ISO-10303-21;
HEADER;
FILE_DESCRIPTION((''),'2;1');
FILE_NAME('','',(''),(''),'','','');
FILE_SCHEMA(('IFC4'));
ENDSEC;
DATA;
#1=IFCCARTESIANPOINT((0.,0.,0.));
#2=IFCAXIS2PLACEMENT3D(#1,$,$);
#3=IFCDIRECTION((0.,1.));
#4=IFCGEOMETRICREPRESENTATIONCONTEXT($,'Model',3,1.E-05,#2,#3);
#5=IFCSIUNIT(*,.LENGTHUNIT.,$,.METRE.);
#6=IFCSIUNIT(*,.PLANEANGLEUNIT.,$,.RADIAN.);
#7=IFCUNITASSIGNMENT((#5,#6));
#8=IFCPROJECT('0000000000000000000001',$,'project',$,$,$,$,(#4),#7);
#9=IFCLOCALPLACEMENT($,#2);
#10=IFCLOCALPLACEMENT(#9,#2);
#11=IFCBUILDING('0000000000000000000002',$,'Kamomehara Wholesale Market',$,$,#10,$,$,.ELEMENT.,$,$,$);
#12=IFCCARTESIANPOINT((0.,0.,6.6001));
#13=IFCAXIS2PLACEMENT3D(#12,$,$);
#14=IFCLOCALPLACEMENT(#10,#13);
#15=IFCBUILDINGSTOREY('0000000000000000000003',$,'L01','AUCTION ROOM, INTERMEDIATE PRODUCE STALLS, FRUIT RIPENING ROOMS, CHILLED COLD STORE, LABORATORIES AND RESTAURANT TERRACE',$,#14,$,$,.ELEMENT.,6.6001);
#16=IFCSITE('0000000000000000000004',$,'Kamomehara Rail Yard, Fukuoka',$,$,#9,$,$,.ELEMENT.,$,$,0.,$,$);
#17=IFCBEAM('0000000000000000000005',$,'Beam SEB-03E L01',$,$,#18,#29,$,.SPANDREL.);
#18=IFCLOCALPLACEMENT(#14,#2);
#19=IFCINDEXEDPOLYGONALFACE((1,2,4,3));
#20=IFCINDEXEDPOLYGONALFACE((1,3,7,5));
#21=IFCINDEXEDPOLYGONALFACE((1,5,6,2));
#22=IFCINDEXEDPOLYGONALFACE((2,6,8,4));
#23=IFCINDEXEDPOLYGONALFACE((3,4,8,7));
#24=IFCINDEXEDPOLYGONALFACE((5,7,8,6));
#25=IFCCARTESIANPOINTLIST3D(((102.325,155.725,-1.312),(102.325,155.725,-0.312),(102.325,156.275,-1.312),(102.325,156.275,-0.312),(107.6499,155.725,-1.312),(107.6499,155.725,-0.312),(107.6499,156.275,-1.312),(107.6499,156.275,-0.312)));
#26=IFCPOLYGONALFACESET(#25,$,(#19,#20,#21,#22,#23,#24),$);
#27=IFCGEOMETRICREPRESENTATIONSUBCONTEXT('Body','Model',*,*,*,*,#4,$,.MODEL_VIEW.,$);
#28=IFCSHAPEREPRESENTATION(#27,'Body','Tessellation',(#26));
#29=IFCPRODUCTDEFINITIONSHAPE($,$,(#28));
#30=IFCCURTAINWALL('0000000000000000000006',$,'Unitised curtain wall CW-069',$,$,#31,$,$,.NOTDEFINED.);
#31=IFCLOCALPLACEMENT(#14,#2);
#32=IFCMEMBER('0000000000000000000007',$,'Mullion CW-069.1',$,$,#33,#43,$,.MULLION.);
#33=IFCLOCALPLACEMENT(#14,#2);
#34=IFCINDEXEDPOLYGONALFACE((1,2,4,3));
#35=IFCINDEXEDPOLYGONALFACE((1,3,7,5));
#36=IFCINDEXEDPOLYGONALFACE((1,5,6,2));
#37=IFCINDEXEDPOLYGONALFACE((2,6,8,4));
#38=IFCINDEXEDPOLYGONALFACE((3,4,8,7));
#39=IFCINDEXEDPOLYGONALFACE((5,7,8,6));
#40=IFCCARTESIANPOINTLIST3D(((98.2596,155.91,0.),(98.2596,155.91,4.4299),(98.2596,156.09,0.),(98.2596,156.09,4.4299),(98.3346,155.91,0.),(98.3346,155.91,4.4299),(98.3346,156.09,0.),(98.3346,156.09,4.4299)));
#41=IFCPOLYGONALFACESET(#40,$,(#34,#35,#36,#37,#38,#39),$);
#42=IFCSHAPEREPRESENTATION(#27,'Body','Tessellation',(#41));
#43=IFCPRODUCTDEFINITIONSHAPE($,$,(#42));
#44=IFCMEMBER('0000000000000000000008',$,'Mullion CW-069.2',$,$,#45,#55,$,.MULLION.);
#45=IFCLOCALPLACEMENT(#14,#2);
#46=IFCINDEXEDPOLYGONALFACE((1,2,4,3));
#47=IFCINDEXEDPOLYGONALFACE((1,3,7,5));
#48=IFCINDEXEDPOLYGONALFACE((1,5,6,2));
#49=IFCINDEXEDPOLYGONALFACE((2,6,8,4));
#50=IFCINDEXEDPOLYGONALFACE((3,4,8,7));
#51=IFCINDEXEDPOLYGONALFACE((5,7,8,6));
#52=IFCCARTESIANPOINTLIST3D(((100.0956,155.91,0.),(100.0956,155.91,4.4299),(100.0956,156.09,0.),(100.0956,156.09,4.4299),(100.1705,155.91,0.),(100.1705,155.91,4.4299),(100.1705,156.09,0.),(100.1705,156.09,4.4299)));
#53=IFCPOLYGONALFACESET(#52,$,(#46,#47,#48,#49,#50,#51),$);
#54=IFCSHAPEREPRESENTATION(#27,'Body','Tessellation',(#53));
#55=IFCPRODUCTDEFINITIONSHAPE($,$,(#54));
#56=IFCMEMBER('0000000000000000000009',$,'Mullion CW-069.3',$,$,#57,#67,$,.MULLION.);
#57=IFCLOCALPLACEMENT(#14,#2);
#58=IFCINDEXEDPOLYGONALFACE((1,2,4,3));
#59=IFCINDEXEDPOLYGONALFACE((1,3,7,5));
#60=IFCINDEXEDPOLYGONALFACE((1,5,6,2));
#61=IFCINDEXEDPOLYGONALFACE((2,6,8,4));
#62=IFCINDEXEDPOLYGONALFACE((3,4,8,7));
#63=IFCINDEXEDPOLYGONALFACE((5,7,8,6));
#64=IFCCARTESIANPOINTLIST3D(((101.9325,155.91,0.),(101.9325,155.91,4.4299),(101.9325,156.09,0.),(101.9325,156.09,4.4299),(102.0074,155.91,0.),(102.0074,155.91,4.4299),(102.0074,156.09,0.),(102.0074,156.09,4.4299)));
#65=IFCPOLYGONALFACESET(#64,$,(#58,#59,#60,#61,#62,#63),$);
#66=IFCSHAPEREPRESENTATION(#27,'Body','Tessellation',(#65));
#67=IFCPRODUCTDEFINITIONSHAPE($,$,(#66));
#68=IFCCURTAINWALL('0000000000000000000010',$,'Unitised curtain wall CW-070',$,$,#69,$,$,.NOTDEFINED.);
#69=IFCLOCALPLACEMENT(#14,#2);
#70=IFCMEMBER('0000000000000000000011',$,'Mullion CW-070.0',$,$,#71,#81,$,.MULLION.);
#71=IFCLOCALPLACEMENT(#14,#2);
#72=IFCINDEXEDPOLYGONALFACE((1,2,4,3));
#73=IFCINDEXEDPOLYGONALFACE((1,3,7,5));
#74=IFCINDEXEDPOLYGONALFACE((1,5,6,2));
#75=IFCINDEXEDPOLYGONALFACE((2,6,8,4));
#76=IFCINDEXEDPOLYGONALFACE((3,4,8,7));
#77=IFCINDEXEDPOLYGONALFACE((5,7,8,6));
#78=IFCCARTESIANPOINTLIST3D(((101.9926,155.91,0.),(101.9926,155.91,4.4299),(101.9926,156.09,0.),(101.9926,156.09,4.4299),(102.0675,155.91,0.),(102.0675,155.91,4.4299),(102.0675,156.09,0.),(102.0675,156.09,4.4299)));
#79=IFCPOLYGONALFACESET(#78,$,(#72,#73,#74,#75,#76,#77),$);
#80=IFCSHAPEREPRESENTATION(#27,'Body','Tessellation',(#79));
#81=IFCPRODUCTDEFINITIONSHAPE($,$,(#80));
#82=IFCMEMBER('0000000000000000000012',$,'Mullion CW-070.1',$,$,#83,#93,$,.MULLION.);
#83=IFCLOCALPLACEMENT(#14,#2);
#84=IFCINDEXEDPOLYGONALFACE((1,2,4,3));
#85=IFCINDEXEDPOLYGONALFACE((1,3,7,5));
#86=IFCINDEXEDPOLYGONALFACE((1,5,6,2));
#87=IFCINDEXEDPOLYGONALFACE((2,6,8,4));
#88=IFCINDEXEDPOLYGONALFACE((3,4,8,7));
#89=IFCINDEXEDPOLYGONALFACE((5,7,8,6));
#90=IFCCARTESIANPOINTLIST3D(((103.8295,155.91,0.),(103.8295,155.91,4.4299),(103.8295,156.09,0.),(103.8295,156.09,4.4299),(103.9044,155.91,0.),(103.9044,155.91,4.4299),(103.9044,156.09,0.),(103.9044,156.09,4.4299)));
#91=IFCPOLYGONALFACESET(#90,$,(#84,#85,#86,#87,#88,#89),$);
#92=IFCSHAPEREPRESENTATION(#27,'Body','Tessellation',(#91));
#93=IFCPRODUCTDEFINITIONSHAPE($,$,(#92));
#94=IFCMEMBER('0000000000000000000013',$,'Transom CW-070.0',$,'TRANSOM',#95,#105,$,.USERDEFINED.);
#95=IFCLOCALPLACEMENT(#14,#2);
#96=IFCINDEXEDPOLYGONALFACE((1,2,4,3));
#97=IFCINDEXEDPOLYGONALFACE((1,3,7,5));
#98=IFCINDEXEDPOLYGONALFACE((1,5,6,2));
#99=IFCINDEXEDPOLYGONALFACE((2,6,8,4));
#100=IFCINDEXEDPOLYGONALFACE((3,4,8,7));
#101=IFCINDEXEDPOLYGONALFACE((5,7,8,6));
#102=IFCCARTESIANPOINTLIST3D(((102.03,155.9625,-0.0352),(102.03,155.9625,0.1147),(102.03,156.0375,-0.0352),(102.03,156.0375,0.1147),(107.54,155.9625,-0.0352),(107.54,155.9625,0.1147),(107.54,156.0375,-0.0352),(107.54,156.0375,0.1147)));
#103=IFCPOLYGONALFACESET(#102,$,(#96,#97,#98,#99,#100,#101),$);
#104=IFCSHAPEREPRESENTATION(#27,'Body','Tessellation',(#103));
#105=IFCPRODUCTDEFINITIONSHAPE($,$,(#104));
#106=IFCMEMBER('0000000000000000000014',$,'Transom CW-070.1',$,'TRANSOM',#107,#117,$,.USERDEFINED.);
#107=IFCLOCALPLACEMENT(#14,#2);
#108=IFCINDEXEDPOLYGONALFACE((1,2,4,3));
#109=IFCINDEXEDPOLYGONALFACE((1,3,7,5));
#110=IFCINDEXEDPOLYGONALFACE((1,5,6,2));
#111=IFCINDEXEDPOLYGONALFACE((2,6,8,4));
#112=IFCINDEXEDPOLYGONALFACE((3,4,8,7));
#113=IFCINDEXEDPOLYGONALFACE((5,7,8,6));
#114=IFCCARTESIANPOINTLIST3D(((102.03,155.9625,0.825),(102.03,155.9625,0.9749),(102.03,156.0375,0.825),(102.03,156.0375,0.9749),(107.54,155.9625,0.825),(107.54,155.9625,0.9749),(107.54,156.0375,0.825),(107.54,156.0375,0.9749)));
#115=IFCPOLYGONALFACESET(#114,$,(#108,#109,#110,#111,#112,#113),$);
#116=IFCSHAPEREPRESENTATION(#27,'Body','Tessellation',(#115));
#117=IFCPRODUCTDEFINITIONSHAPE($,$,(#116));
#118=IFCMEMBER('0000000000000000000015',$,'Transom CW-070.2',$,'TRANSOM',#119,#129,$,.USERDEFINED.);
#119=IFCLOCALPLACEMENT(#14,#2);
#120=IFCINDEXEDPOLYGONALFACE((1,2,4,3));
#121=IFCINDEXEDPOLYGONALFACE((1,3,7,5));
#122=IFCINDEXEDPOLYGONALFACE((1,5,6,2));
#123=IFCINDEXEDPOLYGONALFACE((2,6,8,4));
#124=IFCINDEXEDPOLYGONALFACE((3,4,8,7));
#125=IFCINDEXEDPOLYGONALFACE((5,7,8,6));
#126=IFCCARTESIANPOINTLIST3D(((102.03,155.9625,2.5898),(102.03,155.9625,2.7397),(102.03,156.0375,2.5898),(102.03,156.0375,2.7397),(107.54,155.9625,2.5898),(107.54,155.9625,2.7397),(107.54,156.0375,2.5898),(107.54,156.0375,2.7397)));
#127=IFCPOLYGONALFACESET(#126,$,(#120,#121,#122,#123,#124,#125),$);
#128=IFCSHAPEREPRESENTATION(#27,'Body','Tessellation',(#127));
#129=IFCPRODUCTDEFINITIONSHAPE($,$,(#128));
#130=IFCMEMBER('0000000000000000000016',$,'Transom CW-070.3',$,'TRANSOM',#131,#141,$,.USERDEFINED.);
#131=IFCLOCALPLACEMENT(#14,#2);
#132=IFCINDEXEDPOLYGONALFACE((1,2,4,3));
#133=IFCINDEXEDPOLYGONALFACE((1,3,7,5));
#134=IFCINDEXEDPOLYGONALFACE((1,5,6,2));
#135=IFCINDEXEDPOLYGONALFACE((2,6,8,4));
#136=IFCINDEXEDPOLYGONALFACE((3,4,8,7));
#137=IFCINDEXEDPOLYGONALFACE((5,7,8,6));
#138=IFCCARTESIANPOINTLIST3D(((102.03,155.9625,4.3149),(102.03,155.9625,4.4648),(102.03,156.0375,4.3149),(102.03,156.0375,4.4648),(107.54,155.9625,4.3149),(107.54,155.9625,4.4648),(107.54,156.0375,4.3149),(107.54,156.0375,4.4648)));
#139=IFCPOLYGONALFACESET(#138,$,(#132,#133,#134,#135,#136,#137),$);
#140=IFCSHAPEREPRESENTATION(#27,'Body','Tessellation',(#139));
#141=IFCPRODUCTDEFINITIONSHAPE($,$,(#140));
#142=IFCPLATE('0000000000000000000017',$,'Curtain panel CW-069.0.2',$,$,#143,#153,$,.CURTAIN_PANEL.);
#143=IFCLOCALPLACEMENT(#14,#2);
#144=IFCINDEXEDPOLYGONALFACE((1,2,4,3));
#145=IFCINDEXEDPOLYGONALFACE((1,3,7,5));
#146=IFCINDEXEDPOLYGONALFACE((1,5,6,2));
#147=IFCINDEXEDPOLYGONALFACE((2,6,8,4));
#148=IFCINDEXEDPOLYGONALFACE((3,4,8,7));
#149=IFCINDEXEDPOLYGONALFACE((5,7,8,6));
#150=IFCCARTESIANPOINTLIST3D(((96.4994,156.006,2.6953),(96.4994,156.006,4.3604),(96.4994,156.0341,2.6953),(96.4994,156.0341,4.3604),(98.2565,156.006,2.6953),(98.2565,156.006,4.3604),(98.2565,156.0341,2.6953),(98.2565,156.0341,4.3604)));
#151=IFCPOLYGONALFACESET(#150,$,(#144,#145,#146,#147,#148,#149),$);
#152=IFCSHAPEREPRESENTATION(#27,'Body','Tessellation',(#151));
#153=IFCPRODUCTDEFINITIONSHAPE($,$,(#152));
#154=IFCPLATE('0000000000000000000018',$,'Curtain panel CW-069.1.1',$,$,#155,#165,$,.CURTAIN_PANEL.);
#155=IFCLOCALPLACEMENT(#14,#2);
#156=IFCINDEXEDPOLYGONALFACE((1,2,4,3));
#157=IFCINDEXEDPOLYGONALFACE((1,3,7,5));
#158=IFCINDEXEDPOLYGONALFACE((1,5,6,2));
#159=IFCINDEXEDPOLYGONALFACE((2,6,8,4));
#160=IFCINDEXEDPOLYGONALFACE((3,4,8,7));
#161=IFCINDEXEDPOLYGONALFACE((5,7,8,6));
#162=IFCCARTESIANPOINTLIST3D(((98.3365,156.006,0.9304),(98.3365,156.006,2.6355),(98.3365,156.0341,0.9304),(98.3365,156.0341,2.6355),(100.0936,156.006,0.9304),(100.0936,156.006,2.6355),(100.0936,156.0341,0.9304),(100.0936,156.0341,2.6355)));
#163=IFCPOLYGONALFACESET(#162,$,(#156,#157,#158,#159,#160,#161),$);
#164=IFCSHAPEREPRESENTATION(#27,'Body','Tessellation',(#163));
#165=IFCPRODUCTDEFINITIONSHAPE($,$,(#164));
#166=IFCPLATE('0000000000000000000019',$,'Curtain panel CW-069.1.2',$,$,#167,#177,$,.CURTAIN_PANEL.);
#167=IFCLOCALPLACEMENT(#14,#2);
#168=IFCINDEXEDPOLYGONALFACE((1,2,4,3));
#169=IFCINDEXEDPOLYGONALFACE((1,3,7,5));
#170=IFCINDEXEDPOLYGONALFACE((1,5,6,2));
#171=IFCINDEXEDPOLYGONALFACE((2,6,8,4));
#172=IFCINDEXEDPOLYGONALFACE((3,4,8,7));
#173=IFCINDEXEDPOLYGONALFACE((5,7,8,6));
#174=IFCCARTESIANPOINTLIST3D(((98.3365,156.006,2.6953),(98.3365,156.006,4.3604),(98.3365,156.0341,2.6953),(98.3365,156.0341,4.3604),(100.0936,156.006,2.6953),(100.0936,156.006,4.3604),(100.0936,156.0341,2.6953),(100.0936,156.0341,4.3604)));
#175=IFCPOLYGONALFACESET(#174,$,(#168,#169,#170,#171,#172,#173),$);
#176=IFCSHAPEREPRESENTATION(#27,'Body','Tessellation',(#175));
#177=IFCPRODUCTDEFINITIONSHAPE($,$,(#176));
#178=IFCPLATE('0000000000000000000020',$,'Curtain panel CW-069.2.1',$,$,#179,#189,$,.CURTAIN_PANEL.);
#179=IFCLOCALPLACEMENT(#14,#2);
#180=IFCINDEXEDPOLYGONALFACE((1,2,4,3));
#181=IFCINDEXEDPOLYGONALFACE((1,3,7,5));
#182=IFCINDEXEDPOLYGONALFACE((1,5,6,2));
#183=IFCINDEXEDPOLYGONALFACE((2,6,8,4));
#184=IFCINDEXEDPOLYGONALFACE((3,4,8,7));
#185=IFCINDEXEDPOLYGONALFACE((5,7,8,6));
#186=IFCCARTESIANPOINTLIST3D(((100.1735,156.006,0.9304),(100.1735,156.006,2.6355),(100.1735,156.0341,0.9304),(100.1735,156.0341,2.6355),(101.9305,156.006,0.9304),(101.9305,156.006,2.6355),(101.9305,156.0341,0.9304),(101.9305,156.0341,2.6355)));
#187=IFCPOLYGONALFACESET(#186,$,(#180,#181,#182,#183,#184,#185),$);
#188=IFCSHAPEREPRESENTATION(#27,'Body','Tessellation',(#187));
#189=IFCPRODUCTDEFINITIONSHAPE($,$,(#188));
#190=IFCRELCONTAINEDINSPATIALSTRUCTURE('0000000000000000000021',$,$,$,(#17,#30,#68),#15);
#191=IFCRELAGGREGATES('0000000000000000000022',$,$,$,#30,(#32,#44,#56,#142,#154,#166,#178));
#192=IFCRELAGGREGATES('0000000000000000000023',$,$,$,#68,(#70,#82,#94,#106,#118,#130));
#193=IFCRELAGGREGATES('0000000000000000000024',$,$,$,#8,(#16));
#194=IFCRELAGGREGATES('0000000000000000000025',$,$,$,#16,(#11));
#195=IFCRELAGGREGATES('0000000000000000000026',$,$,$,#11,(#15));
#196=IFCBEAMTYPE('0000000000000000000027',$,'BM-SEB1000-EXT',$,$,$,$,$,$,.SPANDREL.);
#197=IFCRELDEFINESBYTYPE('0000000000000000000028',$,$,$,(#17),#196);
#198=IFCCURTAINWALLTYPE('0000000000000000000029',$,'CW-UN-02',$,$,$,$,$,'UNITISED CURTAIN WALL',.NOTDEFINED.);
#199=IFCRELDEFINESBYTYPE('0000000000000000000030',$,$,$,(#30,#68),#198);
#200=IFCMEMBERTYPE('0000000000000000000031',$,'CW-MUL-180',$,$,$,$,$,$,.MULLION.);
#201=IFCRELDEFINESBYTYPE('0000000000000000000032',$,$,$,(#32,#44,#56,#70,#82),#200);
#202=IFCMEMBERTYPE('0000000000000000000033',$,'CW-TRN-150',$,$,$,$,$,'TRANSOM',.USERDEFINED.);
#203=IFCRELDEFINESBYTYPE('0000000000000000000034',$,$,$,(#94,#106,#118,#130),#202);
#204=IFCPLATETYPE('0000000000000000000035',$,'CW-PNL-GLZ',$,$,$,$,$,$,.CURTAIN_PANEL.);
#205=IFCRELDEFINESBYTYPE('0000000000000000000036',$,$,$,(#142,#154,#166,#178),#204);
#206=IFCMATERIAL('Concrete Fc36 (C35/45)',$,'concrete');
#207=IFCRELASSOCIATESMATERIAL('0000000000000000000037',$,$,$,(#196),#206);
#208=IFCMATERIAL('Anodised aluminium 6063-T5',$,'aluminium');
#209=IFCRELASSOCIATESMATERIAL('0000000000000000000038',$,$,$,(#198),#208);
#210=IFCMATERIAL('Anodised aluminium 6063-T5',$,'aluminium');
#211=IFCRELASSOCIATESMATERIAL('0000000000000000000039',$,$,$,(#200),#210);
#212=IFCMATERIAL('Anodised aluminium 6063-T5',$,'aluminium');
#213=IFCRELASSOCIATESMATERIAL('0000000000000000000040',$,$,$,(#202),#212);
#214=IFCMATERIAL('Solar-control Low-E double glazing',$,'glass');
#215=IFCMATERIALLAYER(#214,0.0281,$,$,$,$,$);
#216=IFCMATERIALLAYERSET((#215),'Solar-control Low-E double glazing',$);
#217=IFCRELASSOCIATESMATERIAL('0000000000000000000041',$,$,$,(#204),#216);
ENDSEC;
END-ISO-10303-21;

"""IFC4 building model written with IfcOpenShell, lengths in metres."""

from ifc_helpers import new_model, si_unit, direction, frame, origin, origin_2d, place, context, subcontext, project, spatial, rectangle, extrude, material, layer, layer_set, material_profile, profile_set, type_object, element, aggregate, save


model = new_model("IFC4")

# Units and contexts
model_context = context("Model", 3, precision=1e-05, world=origin(), true_north=direction((0.0, 1.0)))
body_context = subcontext(model_context, "Body", "Model", "MODEL_VIEW")
ifc_project = project(units=[si_unit("LENGTHUNIT", "METRE"), si_unit("PLANEANGLEUNIT", "RADIAN")], contexts=[model_context])

# Site, building, storey
site_placement = place(None, origin())
site = spatial("IfcSite", under=ifc_project, at=site_placement, Name="Kamomehara Rail Yard, Fukuoka", CompositionType="ELEMENT", RefElevation=0.0)
building_placement = place(site_placement, origin())
building = spatial("IfcBuilding", under=site, at=building_placement, Name="Kamomehara Wholesale Market", CompositionType="ELEMENT")
storey_placement = place(building_placement, frame((0.0, 0.0, 6.6001)))
storey = spatial("IfcBuildingStorey", under=building, at=storey_placement, Name="L01", Description="AUCTION ROOM, INTERMEDIATE PRODUCE STALLS, FRUIT RIPENING ROOMS, CHILLED COLD STORE, LABORATORIES AND RESTAURANT TERRACE", CompositionType="ELEMENT", Elevation=6.6001)

# Beam
ifc_material_1 = material(Name="Concrete Fc36 (C35/45)", Category="concrete")
ifc_material_profile_1 = material_profile(ifc_material_1, rectangle(XDim=0.55, YDim=1.0, at=origin_2d()), Name="RC-SEB-550x1000")
ifc_profile_set_1 = profile_set([ifc_material_profile_1], Name="Concrete Fc36 (C35/45)")
beam_type = type_object("IfcBeamType", Name="BM-SEB1000-EXT", PredefinedType="SPANDREL", material=ifc_profile_set_1)
beam_placement = place(storey_placement, frame((102.325, 156.0, -0.812), z_axis=(1.0, 0.0, 0.0), x_axis=(0.0, 1.0, 0.0)))
element("IfcBeam", 1, at=beam_placement, inside=storey, type_object=beam_type, Name="Beam SEB-03E L01", PredefinedType="SPANDREL", context=body_context, shape_type="SweptSolid", body=[
    extrude(rectangle(XDim=0.55, YDim=1.0, at=origin_2d()), origin(), (0.0, 0.0, 1.0), 5.325),
])

# Curtain walls, members
ifc_material_2 = material(Name="Anodised aluminium 6063-T5", Category="aluminium")
curtain_wall_type = type_object("IfcCurtainWallType", Name="CW-UN-02", ElementType="UNITISED CURTAIN WALL", PredefinedType="NOTDEFINED", material=ifc_material_2)
curtain_wall_1_placement = place(storey_placement, origin())
curtain_wall_1 = element("IfcCurtainWall", 2, at=curtain_wall_1_placement, inside=storey, type_object=curtain_wall_type, Name="Unitised curtain wall CW-069", PredefinedType="NOTDEFINED")
ifc_material_3 = material(Name="Anodised aluminium 6063-T5", Category="aluminium")
ifc_material_profile_2 = material_profile(ifc_material_3, rectangle(XDim=0.075, YDim=0.1799, at=origin_2d()), Name="ALU-MUL-75x180")
ifc_profile_set_2 = profile_set([ifc_material_profile_2], Name="Anodised aluminium 6063-T5")
member_type_1 = type_object("IfcMemberType", Name="CW-MUL-180", PredefinedType="MULLION", material=ifc_profile_set_2)
member_1_placement = place(storey_placement, frame((98.2971, 156.0, 0.0), z_axis=(0.0, 0.0, 1.0), x_axis=(1.0, 0.0, 0.0)))
member_1 = element("IfcMember", 3, at=member_1_placement, type_object=member_type_1, Name="Mullion CW-069.1", PredefinedType="MULLION", context=body_context, shape_type="SweptSolid", body=[
    extrude(rectangle(XDim=0.075, YDim=0.1799, at=origin_2d()), origin(), (0.0, 0.0, 1.0), 4.4299),
])
member_2_placement = place(storey_placement, frame((100.1331, 156.0, 0.0), z_axis=(0.0, 0.0, 1.0), x_axis=(1.0, 0.0, 0.0)))
member_2 = element("IfcMember", 4, at=member_2_placement, type_object=member_type_1, Name="Mullion CW-069.2", PredefinedType="MULLION", context=body_context, shape_type="SweptSolid", body=[
    extrude(rectangle(XDim=0.075, YDim=0.1799, at=origin_2d()), origin(), (0.0, 0.0, 1.0), 4.4299),
])
member_3_placement = place(storey_placement, frame((101.97, 156.0, 0.0), z_axis=(0.0, 0.0, 1.0), x_axis=(1.0, 0.0, 0.0)))
member_3 = element("IfcMember", 5, at=member_3_placement, type_object=member_type_1, Name="Mullion CW-069.3", PredefinedType="MULLION", context=body_context, shape_type="SweptSolid", body=[
    extrude(rectangle(XDim=0.075, YDim=0.1799, at=origin_2d()), origin(), (0.0, 0.0, 1.0), 4.4299),
])
curtain_wall_2_placement = place(storey_placement, origin())
curtain_wall_2 = element("IfcCurtainWall", 6, at=curtain_wall_2_placement, inside=storey, type_object=curtain_wall_type, Name="Unitised curtain wall CW-070", PredefinedType="NOTDEFINED")
member_4_placement = place(storey_placement, frame((102.03, 156.0, 0.0), z_axis=(0.0, 0.0, 1.0), x_axis=(1.0, 0.0, 0.0)))
member_4 = element("IfcMember", 7, at=member_4_placement, type_object=member_type_1, Name="Mullion CW-070.0", PredefinedType="MULLION", context=body_context, shape_type="SweptSolid", body=[
    extrude(rectangle(XDim=0.075, YDim=0.1799, at=origin_2d()), origin(), (0.0, 0.0, 1.0), 4.4299),
])
member_5_placement = place(storey_placement, frame((103.8669, 156.0, 0.0), z_axis=(0.0, 0.0, 1.0), x_axis=(1.0, 0.0, 0.0)))
member_5 = element("IfcMember", 8, at=member_5_placement, type_object=member_type_1, Name="Mullion CW-070.1", PredefinedType="MULLION", context=body_context, shape_type="SweptSolid", body=[
    extrude(rectangle(XDim=0.075, YDim=0.1799, at=origin_2d()), origin(), (0.0, 0.0, 1.0), 4.4299),
])
ifc_material_4 = material(Name="Anodised aluminium 6063-T5", Category="aluminium")
ifc_material_profile_3 = material_profile(ifc_material_4, rectangle(XDim=0.075, YDim=0.1499, at=origin_2d()), Name="ALU-TRN-75x150")
ifc_profile_set_3 = profile_set([ifc_material_profile_3], Name="Anodised aluminium 6063-T5")
member_type_2 = type_object("IfcMemberType", Name="CW-TRN-150", ElementType="TRANSOM", PredefinedType="USERDEFINED", material=ifc_profile_set_3)
member_6_placement = place(storey_placement, frame((102.03, 156.0, 0.0398), z_axis=(1.0, 0.0, 0.0), x_axis=(0.0, 1.0, 0.0)))
member_6 = element("IfcMember", 9, at=member_6_placement, type_object=member_type_2, Name="Transom CW-070.0", ObjectType="TRANSOM", PredefinedType="USERDEFINED", context=body_context, shape_type="SweptSolid", body=[
    extrude(rectangle(XDim=0.075, YDim=0.1499, at=origin_2d()), origin(), (0.0, 0.0, 1.0), 5.51),
])
member_7_placement = place(storey_placement, frame((102.03, 156.0, 0.8999), z_axis=(1.0, 0.0, 0.0), x_axis=(0.0, 1.0, 0.0)))
member_7 = element("IfcMember", 10, at=member_7_placement, type_object=member_type_2, Name="Transom CW-070.1", ObjectType="TRANSOM", PredefinedType="USERDEFINED", context=body_context, shape_type="SweptSolid", body=[
    extrude(rectangle(XDim=0.075, YDim=0.1499, at=origin_2d()), origin(), (0.0, 0.0, 1.0), 5.51),
])
member_8_placement = place(storey_placement, frame((102.03, 156.0, 2.6648), z_axis=(1.0, 0.0, 0.0), x_axis=(0.0, 1.0, 0.0)))
member_8 = element("IfcMember", 11, at=member_8_placement, type_object=member_type_2, Name="Transom CW-070.2", ObjectType="TRANSOM", PredefinedType="USERDEFINED", context=body_context, shape_type="SweptSolid", body=[
    extrude(rectangle(XDim=0.075, YDim=0.1499, at=origin_2d()), origin(), (0.0, 0.0, 1.0), 5.51),
])
member_9_placement = place(storey_placement, frame((102.03, 156.0, 4.3899), z_axis=(1.0, 0.0, 0.0), x_axis=(0.0, 1.0, 0.0)))
member_9 = element("IfcMember", 12, at=member_9_placement, type_object=member_type_2, Name="Transom CW-070.3", ObjectType="TRANSOM", PredefinedType="USERDEFINED", context=body_context, shape_type="SweptSolid", body=[
    extrude(rectangle(XDim=0.075, YDim=0.1499, at=origin_2d()), origin(), (0.0, 0.0, 1.0), 5.51),
])

# Plates
ifc_material_5 = material(Name="Solar-control Low-E double glazing", Category="glass")
ifc_layer_1 = layer(ifc_material_5, 0.0281)
ifc_layer_set_1 = layer_set([ifc_layer_1], Name="Solar-control Low-E double glazing")
plate_type_1 = type_object("IfcPlateType", Name="CW-PNL-GLZ", PredefinedType="CURTAIN_PANEL", material=ifc_layer_set_1)
plate_1_placement = place(storey_placement, frame((97.3779, 156.02, 2.6953), z_axis=(0.0, 0.0, 1.0), x_axis=(1.0, 0.0, 0.0)))
plate_1 = element("IfcPlate", 13, at=plate_1_placement, type_object=plate_type_1, Name="Curtain panel CW-069.0.2", PredefinedType="CURTAIN_PANEL", context=body_context, shape_type="SweptSolid", body=[
    extrude(rectangle(XDim=1.7571, YDim=0.0281, at=origin_2d()), origin(), (0.0, 0.0, 1.0), 1.665),
])
plate_2_placement = place(storey_placement, frame((99.2151, 156.02, 0.9304), z_axis=(0.0, 0.0, 1.0), x_axis=(1.0, 0.0, 0.0)))
plate_2 = element("IfcPlate", 14, at=plate_2_placement, type_object=plate_type_1, Name="Curtain panel CW-069.1.1", PredefinedType="CURTAIN_PANEL", context=body_context, shape_type="SweptSolid", body=[
    extrude(rectangle(XDim=1.7571, YDim=0.0281, at=origin_2d()), origin(), (0.0, 0.0, 1.0), 1.7051),
])
plate_3_placement = place(storey_placement, frame((99.2151, 156.02, 2.6953), z_axis=(0.0, 0.0, 1.0), x_axis=(1.0, 0.0, 0.0)))
plate_3 = element("IfcPlate", 15, at=plate_3_placement, type_object=plate_type_1, Name="Curtain panel CW-069.1.2", PredefinedType="CURTAIN_PANEL", context=body_context, shape_type="SweptSolid", body=[
    extrude(rectangle(XDim=1.7571, YDim=0.0281, at=origin_2d()), origin(), (0.0, 0.0, 1.0), 1.665),
])
plate_4_placement = place(storey_placement, frame((101.052, 156.02, 0.9304), z_axis=(0.0, 0.0, 1.0), x_axis=(1.0, 0.0, 0.0)))
plate_4 = element("IfcPlate", 16, at=plate_4_placement, type_object=plate_type_1, Name="Curtain panel CW-069.2.1", PredefinedType="CURTAIN_PANEL", context=body_context, shape_type="SweptSolid", body=[
    extrude(rectangle(XDim=1.7571, YDim=0.0281, at=origin_2d()), origin(), (0.0, 0.0, 1.0), 1.7051),
])
aggregate(curtain_wall_1, [member_1, member_2, member_3, plate_1, plate_2, plate_3, plate_4])
aggregate(curtain_wall_2, [member_4, member_5, member_6, member_7, member_8, member_9])

save(model, "model.ifc")
